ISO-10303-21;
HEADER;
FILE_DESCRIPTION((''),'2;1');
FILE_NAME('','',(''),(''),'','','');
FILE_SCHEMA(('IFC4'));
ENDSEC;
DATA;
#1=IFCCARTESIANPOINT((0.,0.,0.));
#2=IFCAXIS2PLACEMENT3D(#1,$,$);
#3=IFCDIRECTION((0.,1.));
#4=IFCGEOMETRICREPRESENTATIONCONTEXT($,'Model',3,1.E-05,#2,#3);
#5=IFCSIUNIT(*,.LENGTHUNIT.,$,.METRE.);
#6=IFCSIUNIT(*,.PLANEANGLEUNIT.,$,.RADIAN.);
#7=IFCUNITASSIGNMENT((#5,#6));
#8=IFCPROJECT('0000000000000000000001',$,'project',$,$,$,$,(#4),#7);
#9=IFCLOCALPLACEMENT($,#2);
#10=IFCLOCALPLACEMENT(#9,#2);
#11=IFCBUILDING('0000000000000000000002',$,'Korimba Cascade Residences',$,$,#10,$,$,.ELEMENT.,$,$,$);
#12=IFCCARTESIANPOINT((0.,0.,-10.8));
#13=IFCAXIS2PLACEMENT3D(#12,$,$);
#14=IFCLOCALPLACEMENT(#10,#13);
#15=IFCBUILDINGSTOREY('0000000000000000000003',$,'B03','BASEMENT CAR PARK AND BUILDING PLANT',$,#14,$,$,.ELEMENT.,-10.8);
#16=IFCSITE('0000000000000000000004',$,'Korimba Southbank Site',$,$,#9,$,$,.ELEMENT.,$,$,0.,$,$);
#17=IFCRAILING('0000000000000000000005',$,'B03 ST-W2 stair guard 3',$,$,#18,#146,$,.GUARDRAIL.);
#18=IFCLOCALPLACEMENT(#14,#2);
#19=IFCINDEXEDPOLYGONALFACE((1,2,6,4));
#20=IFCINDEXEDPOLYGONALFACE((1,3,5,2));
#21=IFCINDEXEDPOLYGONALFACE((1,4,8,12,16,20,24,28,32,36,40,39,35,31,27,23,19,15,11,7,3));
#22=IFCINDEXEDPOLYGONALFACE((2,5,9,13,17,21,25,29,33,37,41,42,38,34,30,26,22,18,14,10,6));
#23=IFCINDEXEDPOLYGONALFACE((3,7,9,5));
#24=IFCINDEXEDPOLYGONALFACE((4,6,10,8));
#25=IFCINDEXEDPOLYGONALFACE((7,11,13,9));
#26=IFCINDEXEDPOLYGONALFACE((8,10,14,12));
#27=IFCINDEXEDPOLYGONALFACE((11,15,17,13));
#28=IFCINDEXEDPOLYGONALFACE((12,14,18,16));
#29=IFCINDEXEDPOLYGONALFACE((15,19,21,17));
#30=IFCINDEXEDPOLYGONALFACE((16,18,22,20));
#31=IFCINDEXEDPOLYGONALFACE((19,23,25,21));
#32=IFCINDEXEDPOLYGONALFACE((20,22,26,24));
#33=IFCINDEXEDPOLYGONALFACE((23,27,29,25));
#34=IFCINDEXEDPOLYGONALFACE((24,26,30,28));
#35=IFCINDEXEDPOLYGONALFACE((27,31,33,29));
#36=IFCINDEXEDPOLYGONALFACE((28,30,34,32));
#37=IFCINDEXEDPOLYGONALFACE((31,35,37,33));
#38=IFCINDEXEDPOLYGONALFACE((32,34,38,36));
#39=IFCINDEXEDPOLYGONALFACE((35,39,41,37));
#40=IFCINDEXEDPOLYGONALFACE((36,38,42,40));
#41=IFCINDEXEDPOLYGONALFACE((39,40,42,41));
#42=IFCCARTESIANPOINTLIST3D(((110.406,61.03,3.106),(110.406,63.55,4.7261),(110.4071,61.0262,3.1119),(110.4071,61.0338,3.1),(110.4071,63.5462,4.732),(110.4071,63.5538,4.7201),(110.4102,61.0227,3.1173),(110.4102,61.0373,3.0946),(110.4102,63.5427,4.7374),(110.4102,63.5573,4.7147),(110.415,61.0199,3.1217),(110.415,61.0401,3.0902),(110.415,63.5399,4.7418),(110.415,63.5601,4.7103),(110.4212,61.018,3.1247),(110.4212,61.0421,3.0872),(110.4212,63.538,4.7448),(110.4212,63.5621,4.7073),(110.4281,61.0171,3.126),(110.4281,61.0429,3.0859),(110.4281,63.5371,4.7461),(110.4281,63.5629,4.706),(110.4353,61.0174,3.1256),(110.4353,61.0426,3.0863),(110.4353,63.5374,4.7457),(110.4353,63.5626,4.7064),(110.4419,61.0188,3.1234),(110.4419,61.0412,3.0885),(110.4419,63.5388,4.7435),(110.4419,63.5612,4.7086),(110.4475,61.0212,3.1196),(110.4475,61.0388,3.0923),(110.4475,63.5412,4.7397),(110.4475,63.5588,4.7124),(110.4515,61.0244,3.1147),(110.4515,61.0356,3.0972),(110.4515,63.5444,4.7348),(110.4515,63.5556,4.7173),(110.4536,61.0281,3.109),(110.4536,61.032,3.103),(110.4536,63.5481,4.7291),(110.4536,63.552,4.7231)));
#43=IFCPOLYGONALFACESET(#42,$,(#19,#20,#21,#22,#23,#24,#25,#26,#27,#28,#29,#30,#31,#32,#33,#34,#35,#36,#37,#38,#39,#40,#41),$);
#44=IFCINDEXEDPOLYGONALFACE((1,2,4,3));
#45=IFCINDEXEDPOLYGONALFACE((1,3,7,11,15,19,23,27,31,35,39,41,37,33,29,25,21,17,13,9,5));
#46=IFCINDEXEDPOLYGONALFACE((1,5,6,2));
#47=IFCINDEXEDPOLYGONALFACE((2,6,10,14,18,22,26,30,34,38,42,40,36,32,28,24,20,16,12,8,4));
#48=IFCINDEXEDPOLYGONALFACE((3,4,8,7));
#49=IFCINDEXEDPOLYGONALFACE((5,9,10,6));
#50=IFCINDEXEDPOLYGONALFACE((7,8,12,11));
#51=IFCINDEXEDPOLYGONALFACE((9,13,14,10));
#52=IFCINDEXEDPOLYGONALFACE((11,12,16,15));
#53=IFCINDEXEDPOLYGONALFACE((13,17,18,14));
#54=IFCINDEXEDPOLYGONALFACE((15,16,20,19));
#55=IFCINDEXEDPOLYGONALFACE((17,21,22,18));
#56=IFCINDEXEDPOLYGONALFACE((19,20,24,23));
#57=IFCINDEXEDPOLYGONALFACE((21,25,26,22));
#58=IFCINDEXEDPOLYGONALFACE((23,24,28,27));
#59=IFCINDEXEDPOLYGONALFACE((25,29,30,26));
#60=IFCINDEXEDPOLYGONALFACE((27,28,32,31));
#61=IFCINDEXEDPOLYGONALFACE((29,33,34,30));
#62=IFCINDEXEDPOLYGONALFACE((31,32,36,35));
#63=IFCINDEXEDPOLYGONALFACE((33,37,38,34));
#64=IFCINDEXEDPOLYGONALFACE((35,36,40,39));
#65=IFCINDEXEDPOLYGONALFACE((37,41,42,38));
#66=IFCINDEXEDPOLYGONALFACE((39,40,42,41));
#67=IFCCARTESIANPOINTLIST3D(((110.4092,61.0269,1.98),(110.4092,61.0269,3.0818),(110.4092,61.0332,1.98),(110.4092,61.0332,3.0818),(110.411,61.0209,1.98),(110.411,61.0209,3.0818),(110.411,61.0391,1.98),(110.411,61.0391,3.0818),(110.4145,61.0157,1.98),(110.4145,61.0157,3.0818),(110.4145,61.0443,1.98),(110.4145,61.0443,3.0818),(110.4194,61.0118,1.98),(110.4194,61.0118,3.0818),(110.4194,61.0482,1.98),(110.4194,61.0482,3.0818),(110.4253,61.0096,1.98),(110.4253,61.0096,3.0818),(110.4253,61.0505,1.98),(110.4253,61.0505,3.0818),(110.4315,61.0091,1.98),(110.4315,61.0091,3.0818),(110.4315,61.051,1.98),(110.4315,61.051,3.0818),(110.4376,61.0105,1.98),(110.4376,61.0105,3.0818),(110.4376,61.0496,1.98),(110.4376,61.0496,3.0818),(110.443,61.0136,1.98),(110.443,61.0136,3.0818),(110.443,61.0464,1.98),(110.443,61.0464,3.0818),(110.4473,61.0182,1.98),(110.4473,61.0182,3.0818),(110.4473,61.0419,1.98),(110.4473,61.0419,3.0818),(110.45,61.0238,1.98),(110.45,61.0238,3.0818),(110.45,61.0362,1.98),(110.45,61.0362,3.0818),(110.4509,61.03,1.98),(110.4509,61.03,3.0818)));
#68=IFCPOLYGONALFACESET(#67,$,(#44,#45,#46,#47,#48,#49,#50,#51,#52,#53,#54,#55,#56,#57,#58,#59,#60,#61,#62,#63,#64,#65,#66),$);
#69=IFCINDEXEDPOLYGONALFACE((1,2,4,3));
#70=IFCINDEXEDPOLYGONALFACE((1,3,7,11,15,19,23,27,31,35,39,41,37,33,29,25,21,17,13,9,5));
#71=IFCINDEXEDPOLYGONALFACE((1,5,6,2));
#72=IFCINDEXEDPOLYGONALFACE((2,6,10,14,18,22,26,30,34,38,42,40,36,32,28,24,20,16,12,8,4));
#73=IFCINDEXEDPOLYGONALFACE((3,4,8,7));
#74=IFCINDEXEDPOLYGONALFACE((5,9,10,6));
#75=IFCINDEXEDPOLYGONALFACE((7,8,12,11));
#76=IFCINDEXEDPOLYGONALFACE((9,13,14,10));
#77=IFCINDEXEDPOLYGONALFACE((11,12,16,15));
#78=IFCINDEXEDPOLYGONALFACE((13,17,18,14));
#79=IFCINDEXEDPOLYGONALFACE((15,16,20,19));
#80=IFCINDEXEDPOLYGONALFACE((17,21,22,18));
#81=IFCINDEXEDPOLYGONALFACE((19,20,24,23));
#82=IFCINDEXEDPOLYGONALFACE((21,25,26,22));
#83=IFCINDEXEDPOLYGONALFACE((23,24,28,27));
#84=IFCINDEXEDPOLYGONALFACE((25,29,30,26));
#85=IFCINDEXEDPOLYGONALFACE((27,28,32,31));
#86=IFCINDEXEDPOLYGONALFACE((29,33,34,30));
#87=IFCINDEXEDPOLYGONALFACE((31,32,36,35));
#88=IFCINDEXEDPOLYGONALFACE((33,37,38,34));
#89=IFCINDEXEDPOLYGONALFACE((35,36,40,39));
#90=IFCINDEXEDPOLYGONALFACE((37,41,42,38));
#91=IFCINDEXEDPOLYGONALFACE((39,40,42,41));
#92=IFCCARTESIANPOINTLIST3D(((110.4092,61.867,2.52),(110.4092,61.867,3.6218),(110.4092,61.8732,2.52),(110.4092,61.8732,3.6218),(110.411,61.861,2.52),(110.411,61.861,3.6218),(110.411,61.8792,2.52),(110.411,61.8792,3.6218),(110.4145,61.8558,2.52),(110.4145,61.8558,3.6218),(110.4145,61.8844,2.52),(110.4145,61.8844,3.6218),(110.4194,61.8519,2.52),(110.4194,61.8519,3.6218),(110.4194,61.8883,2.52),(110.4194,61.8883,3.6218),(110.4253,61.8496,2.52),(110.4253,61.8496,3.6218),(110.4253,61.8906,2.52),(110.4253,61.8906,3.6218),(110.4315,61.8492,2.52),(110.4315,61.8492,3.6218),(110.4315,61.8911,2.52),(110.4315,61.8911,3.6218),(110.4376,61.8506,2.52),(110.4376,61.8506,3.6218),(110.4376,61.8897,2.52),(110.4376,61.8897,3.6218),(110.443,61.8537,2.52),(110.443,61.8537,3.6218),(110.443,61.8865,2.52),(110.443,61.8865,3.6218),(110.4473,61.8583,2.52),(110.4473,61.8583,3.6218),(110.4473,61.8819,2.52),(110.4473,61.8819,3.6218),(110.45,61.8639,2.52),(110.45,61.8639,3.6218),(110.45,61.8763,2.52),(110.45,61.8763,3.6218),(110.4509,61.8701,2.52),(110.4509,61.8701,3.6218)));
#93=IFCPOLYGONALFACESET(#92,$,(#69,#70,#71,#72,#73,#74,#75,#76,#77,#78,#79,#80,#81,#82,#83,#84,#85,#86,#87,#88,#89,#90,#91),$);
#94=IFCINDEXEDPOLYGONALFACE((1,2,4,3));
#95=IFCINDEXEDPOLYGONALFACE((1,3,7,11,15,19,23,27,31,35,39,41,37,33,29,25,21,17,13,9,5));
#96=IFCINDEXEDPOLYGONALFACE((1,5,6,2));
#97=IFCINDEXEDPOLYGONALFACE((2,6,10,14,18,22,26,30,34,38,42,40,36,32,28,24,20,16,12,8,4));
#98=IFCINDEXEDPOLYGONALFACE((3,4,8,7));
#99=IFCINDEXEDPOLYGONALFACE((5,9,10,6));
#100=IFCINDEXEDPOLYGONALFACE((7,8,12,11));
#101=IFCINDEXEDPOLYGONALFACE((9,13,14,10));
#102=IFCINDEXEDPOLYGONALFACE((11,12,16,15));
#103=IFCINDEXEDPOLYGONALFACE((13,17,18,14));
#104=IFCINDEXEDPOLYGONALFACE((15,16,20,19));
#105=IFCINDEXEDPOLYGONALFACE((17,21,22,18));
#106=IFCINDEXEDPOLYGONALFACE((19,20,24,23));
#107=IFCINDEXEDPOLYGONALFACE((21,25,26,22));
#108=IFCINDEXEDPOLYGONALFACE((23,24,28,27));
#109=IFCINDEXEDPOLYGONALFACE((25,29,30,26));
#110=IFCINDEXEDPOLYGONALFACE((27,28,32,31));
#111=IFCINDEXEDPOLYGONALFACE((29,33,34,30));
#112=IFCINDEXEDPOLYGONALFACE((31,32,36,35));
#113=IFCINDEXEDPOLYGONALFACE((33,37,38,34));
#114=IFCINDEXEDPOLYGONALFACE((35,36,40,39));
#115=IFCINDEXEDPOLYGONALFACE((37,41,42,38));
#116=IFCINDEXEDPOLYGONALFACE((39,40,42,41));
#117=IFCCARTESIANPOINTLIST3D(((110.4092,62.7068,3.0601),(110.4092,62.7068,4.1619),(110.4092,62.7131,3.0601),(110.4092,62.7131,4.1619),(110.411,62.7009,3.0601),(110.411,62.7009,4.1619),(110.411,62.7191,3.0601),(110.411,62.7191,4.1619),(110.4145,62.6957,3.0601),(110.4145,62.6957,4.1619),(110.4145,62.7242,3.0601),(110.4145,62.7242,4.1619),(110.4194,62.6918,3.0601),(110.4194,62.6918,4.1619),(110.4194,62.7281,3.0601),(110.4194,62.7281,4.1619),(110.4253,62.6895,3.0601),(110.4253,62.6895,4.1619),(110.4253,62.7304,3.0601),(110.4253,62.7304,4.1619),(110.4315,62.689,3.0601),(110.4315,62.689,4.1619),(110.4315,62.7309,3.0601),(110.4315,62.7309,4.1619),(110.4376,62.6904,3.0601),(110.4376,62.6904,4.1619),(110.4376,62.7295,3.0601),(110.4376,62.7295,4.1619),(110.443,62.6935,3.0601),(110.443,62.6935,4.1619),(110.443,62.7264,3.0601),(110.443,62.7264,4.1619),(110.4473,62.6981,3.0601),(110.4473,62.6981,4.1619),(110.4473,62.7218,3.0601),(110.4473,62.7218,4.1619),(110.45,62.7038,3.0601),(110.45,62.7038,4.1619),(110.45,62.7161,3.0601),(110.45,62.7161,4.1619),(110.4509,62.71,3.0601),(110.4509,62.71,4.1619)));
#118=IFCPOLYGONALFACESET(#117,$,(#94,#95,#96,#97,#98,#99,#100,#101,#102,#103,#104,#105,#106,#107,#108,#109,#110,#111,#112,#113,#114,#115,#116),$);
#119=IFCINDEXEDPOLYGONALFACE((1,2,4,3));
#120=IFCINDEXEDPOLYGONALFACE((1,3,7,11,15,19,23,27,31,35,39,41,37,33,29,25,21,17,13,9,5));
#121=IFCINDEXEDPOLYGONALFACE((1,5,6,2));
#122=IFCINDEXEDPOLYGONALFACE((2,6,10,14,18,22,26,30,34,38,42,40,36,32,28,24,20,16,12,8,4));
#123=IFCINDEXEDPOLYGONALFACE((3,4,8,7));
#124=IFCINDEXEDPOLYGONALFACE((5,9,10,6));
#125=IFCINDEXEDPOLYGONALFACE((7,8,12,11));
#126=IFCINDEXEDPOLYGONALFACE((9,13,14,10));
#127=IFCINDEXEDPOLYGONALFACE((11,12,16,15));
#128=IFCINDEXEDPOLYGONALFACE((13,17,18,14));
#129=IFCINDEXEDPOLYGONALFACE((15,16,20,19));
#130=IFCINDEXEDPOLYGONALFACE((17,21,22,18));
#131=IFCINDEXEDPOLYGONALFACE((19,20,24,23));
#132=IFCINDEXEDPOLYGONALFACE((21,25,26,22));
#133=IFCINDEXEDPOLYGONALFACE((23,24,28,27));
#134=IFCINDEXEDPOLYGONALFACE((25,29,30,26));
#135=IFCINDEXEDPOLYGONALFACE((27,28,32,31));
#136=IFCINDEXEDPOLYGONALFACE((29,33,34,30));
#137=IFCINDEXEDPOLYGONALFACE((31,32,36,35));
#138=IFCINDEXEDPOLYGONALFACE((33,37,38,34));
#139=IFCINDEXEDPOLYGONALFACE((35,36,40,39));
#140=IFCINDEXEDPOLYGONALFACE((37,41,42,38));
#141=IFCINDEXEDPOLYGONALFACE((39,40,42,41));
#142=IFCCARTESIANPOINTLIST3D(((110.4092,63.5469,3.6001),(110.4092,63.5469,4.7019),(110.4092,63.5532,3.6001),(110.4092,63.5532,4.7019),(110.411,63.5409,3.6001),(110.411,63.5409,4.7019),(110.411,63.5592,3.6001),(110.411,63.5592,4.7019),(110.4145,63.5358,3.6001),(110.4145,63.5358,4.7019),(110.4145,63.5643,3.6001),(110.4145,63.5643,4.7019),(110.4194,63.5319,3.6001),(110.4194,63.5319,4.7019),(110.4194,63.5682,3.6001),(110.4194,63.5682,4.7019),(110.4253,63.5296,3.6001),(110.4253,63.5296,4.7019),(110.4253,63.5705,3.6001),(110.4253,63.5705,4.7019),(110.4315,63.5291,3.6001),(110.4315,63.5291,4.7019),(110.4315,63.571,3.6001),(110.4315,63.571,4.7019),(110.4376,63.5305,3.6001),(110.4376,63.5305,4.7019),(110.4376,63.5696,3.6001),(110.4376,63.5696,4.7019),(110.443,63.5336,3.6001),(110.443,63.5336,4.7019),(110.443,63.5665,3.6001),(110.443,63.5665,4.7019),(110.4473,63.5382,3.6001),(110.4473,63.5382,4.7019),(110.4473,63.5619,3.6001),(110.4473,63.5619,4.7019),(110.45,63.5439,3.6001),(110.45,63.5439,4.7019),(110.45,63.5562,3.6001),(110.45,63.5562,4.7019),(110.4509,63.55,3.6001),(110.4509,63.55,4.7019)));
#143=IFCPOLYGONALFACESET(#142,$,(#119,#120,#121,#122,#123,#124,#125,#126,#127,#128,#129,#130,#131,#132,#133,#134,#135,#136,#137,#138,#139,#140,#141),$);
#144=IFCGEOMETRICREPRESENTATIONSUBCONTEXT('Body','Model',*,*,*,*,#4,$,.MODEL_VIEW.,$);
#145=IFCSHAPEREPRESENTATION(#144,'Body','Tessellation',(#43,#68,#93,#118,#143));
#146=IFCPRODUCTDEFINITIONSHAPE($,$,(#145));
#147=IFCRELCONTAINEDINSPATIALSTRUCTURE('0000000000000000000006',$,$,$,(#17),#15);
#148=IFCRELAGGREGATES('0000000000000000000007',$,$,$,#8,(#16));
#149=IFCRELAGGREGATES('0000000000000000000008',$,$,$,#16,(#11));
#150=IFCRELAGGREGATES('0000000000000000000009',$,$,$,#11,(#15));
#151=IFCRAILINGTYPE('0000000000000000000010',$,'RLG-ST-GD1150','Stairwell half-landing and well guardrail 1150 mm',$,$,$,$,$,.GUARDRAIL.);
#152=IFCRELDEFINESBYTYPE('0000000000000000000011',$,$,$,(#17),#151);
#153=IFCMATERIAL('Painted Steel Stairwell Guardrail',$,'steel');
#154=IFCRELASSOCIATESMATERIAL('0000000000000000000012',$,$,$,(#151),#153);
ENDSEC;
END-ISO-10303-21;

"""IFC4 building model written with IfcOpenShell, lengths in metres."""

from ifc_helpers import new_model, si_unit, direction, frame, origin, origin_2d, place, context, subcontext, project, spatial, circle, extrude, material, type_object, element, save


model = new_model("IFC4")

# Units and contexts
model_context = context("Model", 3, precision=1e-05, world=origin(), true_north=direction((0.0, 1.0)))
body_context = subcontext(model_context, "Body", "Model", "MODEL_VIEW")
ifc_project = project(units=[si_unit("LENGTHUNIT", "METRE"), si_unit("PLANEANGLEUNIT", "RADIAN")], contexts=[model_context])

# Site, building, storey
site_placement = place(None, origin())
site = spatial("IfcSite", under=ifc_project, at=site_placement, Name="Korimba Southbank Site", CompositionType="ELEMENT", RefElevation=0.0)
building_placement = place(site_placement, origin())
building = spatial("IfcBuilding", under=site, at=building_placement, Name="Korimba Cascade Residences", CompositionType="ELEMENT")
storey_placement = place(building_placement, frame((0.0, 0.0, -10.8)))
storey = spatial("IfcBuildingStorey", under=building, at=storey_placement, Name="B03", Description="BASEMENT CAR PARK AND BUILDING PLANT", CompositionType="ELEMENT", Elevation=-10.8)

# Railing
ifc_material_1 = material(Name="Painted Steel Stairwell Guardrail", Category="steel")
railing_type_1 = type_object("IfcRailingType", Name="RLG-ST-GD1150", Description="Stairwell half-landing and well guardrail 1150 mm", PredefinedType="GUARDRAIL", material=ifc_material_1)
railing_1_placement = place(storey_placement, frame((110.4299, 61.03, 1.98)))
element("IfcRailing", 1, at=railing_1_placement, inside=storey, type_object=railing_type_1, Name="B03 ST-W2 stair guard 3", PredefinedType="GUARDRAIL", context=body_context, shape_type="SweptSolid", body=[
    extrude(circle(Radius=0.0239, at=origin_2d()), frame((0.0, 0.0, 1.126), z_axis=(0.0, 0.841163, 0.540782), x_axis=(-1.0, 0.0, 0.0)), (0.0, 0.0, 1.0), 2.9958),
    extrude(circle(Radius=0.021, at=origin_2d()), origin(), (0.0, 0.0, 1.0), 1.1018),
    extrude(circle(Radius=0.021, at=origin_2d()), frame((0.0, 0.8401, 0.54)), (0.0, 0.0, 1.0), 1.1018),
    extrude(circle(Radius=0.021, at=origin_2d()), frame((0.0, 1.6799, 1.0801)), (0.0, 0.0, 1.0), 1.1018),
    extrude(circle(Radius=0.021, at=origin_2d()), frame((0.0, 2.52, 1.6201)), (0.0, 0.0, 1.0), 1.1018),
])

save(model, "model.ifc")
